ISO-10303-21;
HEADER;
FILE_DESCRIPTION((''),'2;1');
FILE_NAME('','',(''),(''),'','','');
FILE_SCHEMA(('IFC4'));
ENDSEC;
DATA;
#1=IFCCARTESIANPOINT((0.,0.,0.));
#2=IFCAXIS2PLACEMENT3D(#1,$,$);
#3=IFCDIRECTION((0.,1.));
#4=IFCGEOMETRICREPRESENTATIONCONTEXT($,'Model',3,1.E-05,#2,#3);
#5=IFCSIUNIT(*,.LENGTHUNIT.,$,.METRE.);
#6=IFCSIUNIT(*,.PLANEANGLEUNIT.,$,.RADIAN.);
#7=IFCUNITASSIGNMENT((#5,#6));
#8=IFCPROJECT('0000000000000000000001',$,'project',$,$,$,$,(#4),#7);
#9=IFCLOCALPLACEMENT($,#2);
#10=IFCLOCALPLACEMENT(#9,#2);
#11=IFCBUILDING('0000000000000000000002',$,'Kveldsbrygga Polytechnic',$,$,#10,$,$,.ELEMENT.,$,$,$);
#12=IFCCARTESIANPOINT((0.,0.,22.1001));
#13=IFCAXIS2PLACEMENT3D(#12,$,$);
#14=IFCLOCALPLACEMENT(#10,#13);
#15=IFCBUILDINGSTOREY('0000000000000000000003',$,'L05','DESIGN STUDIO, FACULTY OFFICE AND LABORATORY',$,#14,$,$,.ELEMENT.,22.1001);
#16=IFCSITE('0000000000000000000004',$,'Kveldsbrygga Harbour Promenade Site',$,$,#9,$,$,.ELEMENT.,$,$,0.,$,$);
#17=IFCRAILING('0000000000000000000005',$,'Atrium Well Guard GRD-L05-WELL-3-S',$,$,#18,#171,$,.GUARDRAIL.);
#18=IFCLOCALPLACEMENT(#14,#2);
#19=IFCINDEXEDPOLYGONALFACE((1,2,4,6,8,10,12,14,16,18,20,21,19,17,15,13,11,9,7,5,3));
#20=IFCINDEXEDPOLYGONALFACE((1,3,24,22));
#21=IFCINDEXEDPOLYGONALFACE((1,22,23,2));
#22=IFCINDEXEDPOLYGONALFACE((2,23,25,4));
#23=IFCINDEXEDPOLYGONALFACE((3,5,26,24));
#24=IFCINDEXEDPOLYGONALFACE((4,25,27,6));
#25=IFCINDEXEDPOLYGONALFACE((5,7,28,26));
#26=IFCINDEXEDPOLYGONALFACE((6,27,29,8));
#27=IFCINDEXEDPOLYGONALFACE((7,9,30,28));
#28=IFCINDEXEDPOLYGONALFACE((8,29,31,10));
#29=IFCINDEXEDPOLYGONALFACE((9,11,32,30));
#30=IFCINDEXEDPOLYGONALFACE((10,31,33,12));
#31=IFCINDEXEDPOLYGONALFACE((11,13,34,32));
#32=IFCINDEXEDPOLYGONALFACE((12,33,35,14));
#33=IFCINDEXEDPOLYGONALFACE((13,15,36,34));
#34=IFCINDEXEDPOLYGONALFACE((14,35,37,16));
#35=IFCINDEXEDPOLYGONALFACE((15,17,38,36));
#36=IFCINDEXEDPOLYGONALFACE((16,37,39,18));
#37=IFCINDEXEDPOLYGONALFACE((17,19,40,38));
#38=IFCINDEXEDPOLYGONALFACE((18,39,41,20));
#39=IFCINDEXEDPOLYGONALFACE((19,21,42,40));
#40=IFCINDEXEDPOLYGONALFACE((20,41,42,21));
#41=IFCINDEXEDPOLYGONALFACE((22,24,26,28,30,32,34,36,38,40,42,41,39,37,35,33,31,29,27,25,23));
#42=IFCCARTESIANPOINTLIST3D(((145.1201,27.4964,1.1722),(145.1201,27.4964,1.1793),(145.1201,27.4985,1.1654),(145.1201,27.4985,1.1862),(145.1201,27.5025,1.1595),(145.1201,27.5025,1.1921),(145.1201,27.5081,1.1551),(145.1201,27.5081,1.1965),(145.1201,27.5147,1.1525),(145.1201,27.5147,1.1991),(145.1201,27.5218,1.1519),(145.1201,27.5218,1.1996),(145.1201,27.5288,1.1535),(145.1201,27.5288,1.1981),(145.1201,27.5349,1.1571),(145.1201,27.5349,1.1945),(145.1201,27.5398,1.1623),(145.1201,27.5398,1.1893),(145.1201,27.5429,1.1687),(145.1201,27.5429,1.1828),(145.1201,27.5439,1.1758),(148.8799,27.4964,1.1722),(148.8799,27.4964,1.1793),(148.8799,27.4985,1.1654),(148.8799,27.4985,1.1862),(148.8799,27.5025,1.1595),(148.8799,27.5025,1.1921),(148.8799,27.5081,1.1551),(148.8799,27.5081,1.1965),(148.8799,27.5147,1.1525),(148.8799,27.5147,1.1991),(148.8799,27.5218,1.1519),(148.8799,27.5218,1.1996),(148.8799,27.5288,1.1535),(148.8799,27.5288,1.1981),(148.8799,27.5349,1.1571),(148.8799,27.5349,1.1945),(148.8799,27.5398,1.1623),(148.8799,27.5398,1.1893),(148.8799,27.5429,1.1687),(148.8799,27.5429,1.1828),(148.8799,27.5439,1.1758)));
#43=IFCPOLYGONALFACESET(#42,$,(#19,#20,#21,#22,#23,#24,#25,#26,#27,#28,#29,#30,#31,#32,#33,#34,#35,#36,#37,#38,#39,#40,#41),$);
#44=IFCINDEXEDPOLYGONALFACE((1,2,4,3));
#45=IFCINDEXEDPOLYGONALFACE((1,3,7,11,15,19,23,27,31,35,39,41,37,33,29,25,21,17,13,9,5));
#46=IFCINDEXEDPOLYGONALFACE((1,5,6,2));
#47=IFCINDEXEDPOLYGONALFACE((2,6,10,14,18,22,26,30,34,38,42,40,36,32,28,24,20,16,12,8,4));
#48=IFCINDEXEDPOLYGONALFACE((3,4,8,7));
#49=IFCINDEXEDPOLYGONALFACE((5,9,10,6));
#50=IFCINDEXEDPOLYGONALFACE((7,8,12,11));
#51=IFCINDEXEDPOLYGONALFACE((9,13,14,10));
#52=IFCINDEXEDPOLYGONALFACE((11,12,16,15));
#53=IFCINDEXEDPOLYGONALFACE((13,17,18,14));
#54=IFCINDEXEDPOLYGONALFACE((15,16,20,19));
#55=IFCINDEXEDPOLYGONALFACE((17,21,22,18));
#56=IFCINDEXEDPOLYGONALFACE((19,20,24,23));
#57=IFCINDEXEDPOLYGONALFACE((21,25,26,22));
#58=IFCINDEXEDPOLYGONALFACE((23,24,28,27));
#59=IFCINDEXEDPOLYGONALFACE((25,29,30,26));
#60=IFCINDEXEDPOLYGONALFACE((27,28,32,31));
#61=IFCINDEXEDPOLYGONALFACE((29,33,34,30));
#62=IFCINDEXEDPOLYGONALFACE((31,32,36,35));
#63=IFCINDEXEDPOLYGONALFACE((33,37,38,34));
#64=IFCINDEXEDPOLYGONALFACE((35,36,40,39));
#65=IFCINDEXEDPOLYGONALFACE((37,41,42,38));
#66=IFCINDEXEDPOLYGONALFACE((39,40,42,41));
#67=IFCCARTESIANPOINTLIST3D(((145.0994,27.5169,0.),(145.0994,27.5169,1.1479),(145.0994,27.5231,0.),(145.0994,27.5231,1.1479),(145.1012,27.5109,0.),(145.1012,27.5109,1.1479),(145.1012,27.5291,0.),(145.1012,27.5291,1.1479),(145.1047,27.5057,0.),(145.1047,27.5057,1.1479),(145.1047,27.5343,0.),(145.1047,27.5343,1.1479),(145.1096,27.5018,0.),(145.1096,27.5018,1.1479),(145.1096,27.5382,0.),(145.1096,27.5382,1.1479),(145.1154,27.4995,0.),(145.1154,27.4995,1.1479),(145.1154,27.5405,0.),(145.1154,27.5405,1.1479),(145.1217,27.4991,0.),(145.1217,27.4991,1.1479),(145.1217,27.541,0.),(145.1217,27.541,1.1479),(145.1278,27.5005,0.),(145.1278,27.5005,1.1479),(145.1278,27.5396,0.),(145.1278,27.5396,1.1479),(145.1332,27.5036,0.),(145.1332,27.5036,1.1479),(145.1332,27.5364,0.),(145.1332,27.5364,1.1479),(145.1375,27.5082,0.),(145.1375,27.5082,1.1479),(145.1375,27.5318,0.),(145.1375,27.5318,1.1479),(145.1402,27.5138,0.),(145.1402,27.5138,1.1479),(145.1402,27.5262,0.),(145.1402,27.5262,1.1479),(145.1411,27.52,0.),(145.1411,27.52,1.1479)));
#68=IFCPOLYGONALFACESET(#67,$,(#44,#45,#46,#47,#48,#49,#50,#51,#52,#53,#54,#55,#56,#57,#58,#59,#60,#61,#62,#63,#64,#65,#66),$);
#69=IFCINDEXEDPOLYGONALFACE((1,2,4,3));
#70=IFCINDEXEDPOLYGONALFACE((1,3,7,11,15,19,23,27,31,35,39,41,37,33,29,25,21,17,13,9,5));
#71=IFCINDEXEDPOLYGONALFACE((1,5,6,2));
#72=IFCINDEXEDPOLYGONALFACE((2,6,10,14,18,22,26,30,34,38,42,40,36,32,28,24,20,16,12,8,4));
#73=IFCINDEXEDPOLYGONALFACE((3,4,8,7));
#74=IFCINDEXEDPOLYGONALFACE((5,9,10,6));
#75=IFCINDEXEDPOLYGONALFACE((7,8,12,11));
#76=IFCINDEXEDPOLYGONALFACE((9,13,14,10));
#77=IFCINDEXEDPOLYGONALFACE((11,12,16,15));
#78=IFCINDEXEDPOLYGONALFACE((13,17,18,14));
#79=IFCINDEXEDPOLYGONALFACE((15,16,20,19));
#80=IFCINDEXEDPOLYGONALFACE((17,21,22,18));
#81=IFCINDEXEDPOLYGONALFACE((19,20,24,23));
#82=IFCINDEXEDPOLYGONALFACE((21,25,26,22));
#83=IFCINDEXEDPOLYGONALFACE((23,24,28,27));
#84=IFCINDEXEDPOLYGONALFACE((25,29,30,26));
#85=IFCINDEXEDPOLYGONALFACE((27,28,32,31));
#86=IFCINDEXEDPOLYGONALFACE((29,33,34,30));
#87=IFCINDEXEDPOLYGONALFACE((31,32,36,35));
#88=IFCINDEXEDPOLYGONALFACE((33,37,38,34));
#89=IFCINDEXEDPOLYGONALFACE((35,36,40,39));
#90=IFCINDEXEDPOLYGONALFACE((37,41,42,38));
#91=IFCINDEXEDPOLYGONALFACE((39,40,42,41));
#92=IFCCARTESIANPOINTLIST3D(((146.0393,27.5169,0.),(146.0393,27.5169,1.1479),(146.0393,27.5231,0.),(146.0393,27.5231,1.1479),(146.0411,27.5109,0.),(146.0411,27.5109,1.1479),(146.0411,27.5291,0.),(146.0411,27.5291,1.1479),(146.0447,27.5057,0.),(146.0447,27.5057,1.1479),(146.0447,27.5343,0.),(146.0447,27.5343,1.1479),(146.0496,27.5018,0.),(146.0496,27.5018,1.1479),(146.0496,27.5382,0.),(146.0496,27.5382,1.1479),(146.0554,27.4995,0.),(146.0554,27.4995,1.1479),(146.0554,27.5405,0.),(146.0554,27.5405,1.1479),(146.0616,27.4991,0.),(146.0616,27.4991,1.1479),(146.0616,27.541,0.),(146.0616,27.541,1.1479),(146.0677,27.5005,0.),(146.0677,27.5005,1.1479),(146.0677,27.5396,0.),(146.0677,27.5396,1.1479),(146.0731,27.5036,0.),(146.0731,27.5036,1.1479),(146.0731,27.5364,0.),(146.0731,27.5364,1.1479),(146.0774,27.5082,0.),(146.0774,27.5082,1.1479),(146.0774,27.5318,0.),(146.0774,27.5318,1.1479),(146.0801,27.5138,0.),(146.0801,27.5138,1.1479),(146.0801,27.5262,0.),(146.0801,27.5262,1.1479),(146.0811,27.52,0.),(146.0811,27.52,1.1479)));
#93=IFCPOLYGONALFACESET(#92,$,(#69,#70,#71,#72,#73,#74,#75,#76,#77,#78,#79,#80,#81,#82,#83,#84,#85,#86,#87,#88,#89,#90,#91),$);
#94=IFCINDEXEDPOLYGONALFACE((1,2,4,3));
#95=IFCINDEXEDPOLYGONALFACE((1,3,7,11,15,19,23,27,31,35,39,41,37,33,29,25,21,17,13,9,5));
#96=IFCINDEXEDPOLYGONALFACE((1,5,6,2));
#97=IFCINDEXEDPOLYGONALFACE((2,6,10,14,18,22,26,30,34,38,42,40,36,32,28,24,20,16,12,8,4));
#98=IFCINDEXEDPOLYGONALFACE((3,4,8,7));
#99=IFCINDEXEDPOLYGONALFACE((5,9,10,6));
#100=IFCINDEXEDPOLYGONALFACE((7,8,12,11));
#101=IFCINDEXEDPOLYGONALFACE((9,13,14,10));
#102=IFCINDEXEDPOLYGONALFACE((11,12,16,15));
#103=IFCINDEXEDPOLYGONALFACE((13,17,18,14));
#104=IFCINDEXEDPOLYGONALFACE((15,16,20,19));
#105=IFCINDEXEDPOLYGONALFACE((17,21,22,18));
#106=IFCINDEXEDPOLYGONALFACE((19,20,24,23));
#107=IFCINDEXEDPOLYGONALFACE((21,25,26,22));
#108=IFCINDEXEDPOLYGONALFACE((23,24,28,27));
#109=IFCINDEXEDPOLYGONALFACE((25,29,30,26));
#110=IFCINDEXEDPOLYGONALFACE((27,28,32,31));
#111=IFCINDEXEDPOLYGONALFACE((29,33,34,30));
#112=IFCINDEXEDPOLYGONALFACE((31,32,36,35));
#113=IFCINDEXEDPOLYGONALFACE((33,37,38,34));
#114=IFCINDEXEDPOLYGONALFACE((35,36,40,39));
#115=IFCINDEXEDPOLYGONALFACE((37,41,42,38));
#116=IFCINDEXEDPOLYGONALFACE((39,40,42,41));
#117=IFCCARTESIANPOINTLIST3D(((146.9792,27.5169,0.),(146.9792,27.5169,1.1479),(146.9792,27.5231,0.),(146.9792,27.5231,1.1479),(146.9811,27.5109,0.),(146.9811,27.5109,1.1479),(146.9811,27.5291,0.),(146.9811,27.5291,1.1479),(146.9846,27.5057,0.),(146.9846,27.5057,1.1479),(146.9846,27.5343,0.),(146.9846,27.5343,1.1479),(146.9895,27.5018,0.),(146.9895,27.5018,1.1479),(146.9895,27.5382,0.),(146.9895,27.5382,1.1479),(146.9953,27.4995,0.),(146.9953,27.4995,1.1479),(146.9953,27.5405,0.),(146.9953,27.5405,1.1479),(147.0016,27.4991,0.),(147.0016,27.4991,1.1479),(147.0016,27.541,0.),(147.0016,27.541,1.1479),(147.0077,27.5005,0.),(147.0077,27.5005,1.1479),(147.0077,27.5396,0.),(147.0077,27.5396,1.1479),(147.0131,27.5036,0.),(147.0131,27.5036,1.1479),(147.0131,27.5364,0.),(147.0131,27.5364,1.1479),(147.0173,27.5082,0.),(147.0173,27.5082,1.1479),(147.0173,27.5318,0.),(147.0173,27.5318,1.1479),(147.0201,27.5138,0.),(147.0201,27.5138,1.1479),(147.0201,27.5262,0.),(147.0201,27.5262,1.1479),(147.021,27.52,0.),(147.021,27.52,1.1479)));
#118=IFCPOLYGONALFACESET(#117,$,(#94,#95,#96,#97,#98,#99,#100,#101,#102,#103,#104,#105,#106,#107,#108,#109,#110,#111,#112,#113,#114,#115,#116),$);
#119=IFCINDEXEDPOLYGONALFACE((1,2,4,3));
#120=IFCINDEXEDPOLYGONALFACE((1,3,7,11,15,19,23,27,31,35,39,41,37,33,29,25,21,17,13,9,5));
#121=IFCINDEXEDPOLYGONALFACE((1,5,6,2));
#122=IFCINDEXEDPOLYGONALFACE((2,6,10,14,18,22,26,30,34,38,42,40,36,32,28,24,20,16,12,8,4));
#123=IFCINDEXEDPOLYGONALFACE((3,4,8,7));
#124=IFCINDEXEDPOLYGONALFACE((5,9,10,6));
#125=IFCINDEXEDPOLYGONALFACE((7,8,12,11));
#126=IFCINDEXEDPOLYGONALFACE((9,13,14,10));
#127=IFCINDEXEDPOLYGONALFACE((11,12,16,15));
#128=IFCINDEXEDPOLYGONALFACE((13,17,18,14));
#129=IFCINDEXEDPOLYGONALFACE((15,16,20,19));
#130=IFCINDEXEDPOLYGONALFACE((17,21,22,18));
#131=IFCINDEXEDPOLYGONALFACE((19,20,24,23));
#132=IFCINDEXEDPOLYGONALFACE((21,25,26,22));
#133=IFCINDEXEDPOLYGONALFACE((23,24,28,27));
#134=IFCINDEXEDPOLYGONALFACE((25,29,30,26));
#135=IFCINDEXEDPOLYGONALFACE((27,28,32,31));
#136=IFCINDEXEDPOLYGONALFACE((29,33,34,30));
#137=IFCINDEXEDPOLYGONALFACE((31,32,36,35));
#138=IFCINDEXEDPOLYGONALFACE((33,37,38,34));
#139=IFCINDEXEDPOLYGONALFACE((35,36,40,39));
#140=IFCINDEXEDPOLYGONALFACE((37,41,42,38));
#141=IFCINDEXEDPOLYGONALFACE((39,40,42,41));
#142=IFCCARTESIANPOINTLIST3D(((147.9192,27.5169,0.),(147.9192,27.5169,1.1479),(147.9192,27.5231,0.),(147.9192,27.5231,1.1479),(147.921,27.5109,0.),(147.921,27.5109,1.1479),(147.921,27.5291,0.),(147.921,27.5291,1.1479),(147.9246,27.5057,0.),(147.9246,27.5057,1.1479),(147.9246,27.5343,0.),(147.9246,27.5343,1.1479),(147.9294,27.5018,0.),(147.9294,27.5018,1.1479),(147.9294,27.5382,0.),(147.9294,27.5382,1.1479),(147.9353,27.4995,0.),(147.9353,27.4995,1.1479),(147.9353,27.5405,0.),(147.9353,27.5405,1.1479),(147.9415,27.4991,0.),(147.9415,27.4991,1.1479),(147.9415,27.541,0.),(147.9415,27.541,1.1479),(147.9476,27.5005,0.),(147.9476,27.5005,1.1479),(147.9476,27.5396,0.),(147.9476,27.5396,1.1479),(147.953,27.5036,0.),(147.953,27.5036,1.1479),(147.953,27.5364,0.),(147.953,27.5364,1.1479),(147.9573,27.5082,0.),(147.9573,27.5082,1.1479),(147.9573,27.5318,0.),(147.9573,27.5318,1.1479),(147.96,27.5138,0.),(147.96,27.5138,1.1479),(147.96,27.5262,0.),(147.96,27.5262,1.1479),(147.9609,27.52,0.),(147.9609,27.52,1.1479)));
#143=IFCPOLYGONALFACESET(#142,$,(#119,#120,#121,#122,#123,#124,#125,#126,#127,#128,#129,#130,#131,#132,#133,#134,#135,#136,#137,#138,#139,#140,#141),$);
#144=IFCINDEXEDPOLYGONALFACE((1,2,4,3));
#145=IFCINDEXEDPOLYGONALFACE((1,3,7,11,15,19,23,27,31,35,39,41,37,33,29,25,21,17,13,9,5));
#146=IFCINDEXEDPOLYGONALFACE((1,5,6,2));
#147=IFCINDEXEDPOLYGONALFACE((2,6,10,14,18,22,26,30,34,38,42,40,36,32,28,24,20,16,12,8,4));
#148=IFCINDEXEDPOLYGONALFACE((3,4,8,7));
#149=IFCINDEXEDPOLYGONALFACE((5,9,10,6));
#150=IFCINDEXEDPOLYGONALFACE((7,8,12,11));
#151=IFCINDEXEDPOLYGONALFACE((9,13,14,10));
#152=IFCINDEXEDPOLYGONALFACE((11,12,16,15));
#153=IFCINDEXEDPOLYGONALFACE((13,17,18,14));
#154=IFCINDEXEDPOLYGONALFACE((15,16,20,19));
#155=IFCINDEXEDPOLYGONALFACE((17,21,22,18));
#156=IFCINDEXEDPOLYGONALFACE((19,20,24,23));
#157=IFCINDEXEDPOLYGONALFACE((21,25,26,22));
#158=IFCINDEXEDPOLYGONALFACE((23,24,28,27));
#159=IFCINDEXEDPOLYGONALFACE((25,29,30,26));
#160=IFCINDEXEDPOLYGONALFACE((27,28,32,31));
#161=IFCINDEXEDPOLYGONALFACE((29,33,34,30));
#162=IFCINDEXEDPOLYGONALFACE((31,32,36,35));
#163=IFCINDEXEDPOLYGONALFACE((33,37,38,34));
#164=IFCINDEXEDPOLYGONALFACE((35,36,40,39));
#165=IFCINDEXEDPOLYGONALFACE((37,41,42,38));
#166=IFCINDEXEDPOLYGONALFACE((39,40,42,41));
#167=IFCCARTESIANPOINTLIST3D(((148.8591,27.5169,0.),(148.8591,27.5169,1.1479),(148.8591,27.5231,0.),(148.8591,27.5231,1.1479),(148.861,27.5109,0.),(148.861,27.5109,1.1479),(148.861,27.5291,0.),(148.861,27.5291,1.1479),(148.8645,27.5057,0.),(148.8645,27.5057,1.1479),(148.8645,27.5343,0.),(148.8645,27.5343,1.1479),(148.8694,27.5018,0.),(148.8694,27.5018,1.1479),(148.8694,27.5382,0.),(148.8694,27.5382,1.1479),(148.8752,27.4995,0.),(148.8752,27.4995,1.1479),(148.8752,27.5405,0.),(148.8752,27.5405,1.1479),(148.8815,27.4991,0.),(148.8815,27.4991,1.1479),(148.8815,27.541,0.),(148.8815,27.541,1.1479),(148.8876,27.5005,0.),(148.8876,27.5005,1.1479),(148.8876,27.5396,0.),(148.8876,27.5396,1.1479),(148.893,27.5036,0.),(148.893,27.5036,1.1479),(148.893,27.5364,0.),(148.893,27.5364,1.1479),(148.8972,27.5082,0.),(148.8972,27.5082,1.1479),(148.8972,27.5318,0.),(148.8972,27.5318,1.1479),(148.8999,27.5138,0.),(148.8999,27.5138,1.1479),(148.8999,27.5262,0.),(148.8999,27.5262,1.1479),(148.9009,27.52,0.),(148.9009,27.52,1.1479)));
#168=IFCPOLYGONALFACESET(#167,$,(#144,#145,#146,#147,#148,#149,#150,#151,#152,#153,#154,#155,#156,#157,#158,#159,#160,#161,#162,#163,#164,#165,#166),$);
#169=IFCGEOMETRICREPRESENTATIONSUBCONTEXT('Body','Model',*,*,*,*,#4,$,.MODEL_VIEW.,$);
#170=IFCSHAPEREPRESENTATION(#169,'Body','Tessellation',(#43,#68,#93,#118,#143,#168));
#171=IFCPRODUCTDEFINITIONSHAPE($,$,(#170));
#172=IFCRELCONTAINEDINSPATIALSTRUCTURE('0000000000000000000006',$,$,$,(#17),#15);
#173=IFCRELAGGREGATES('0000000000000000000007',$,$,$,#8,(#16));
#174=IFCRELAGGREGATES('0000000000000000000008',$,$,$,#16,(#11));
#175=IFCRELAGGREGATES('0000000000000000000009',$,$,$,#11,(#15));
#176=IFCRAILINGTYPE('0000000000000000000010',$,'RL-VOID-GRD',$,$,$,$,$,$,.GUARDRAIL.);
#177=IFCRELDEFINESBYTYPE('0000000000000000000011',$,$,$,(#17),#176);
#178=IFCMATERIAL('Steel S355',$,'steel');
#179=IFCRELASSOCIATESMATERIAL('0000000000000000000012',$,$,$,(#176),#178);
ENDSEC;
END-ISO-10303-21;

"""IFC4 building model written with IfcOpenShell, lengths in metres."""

from ifc_helpers import new_model, si_unit, direction, frame, origin, origin_2d, place, context, subcontext, project, spatial, circle, extrude, material, type_object, element, save


model = new_model("IFC4")

# Units and contexts
model_context = context("Model", 3, precision=1e-05, world=origin(), true_north=direction((0.0, 1.0)))
body_context = subcontext(model_context, "Body", "Model", "MODEL_VIEW")
ifc_project = project(units=[si_unit("LENGTHUNIT", "METRE"), si_unit("PLANEANGLEUNIT", "RADIAN")], contexts=[model_context])

# Site, building, storey
site_placement = place(None, origin())
site = spatial("IfcSite", under=ifc_project, at=site_placement, Name="Kveldsbrygga Harbour Promenade Site", CompositionType="ELEMENT", RefElevation=0.0)
building_placement = place(site_placement, origin())
building = spatial("IfcBuilding", under=site, at=building_placement, Name="Kveldsbrygga Polytechnic", CompositionType="ELEMENT")
storey_placement = place(building_placement, frame((0.0, 0.0, 22.1001)))
storey = spatial("IfcBuildingStorey", under=building, at=storey_placement, Name="L05", Description="DESIGN STUDIO, FACULTY OFFICE AND LABORATORY", CompositionType="ELEMENT", Elevation=22.1001)

# Shared definitions
ifc_material_1 = material(Name="Steel S355", Category="steel")

# Railing
railing_type = type_object("IfcRailingType", Name="RL-VOID-GRD", PredefinedType="GUARDRAIL", material=ifc_material_1)
railing_1_placement = place(storey_placement, frame((145.1201, 27.52, 0.0)))
element("IfcRailing", 1, at=railing_1_placement, inside=storey, type_object=railing_type, Name="Atrium Well Guard GRD-L05-WELL-3-S", PredefinedType="GUARDRAIL", context=body_context, shape_type="SweptSolid", body=[
    extrude(circle(Radius=0.0239, at=origin_2d()), frame((0.0, 0.0, 1.1758), z_axis=(1.0, 0.0, 0.0), x_axis=(0.0, 1.0, 0.0)), (0.0, 0.0, 1.0), 3.7598),
    extrude(circle(Radius=0.021, at=origin_2d()), origin(), (0.0, 0.0, 1.0), 1.1479),
    extrude(circle(Radius=0.021, at=origin_2d()), frame((0.9399, 0.0, 0.0)), (0.0, 0.0, 1.0), 1.1479),
    extrude(circle(Radius=0.021, at=origin_2d()), frame((1.8799, 0.0, 0.0)), (0.0, 0.0, 1.0), 1.1479),
    extrude(circle(Radius=0.021, at=origin_2d()), frame((2.8198, 0.0, 0.0)), (0.0, 0.0, 1.0), 1.1479),
    extrude(circle(Radius=0.021, at=origin_2d()), frame((3.7598, 0.0, 0.0)), (0.0, 0.0, 1.0), 1.1479),
])

save(model, "model.ifc")
